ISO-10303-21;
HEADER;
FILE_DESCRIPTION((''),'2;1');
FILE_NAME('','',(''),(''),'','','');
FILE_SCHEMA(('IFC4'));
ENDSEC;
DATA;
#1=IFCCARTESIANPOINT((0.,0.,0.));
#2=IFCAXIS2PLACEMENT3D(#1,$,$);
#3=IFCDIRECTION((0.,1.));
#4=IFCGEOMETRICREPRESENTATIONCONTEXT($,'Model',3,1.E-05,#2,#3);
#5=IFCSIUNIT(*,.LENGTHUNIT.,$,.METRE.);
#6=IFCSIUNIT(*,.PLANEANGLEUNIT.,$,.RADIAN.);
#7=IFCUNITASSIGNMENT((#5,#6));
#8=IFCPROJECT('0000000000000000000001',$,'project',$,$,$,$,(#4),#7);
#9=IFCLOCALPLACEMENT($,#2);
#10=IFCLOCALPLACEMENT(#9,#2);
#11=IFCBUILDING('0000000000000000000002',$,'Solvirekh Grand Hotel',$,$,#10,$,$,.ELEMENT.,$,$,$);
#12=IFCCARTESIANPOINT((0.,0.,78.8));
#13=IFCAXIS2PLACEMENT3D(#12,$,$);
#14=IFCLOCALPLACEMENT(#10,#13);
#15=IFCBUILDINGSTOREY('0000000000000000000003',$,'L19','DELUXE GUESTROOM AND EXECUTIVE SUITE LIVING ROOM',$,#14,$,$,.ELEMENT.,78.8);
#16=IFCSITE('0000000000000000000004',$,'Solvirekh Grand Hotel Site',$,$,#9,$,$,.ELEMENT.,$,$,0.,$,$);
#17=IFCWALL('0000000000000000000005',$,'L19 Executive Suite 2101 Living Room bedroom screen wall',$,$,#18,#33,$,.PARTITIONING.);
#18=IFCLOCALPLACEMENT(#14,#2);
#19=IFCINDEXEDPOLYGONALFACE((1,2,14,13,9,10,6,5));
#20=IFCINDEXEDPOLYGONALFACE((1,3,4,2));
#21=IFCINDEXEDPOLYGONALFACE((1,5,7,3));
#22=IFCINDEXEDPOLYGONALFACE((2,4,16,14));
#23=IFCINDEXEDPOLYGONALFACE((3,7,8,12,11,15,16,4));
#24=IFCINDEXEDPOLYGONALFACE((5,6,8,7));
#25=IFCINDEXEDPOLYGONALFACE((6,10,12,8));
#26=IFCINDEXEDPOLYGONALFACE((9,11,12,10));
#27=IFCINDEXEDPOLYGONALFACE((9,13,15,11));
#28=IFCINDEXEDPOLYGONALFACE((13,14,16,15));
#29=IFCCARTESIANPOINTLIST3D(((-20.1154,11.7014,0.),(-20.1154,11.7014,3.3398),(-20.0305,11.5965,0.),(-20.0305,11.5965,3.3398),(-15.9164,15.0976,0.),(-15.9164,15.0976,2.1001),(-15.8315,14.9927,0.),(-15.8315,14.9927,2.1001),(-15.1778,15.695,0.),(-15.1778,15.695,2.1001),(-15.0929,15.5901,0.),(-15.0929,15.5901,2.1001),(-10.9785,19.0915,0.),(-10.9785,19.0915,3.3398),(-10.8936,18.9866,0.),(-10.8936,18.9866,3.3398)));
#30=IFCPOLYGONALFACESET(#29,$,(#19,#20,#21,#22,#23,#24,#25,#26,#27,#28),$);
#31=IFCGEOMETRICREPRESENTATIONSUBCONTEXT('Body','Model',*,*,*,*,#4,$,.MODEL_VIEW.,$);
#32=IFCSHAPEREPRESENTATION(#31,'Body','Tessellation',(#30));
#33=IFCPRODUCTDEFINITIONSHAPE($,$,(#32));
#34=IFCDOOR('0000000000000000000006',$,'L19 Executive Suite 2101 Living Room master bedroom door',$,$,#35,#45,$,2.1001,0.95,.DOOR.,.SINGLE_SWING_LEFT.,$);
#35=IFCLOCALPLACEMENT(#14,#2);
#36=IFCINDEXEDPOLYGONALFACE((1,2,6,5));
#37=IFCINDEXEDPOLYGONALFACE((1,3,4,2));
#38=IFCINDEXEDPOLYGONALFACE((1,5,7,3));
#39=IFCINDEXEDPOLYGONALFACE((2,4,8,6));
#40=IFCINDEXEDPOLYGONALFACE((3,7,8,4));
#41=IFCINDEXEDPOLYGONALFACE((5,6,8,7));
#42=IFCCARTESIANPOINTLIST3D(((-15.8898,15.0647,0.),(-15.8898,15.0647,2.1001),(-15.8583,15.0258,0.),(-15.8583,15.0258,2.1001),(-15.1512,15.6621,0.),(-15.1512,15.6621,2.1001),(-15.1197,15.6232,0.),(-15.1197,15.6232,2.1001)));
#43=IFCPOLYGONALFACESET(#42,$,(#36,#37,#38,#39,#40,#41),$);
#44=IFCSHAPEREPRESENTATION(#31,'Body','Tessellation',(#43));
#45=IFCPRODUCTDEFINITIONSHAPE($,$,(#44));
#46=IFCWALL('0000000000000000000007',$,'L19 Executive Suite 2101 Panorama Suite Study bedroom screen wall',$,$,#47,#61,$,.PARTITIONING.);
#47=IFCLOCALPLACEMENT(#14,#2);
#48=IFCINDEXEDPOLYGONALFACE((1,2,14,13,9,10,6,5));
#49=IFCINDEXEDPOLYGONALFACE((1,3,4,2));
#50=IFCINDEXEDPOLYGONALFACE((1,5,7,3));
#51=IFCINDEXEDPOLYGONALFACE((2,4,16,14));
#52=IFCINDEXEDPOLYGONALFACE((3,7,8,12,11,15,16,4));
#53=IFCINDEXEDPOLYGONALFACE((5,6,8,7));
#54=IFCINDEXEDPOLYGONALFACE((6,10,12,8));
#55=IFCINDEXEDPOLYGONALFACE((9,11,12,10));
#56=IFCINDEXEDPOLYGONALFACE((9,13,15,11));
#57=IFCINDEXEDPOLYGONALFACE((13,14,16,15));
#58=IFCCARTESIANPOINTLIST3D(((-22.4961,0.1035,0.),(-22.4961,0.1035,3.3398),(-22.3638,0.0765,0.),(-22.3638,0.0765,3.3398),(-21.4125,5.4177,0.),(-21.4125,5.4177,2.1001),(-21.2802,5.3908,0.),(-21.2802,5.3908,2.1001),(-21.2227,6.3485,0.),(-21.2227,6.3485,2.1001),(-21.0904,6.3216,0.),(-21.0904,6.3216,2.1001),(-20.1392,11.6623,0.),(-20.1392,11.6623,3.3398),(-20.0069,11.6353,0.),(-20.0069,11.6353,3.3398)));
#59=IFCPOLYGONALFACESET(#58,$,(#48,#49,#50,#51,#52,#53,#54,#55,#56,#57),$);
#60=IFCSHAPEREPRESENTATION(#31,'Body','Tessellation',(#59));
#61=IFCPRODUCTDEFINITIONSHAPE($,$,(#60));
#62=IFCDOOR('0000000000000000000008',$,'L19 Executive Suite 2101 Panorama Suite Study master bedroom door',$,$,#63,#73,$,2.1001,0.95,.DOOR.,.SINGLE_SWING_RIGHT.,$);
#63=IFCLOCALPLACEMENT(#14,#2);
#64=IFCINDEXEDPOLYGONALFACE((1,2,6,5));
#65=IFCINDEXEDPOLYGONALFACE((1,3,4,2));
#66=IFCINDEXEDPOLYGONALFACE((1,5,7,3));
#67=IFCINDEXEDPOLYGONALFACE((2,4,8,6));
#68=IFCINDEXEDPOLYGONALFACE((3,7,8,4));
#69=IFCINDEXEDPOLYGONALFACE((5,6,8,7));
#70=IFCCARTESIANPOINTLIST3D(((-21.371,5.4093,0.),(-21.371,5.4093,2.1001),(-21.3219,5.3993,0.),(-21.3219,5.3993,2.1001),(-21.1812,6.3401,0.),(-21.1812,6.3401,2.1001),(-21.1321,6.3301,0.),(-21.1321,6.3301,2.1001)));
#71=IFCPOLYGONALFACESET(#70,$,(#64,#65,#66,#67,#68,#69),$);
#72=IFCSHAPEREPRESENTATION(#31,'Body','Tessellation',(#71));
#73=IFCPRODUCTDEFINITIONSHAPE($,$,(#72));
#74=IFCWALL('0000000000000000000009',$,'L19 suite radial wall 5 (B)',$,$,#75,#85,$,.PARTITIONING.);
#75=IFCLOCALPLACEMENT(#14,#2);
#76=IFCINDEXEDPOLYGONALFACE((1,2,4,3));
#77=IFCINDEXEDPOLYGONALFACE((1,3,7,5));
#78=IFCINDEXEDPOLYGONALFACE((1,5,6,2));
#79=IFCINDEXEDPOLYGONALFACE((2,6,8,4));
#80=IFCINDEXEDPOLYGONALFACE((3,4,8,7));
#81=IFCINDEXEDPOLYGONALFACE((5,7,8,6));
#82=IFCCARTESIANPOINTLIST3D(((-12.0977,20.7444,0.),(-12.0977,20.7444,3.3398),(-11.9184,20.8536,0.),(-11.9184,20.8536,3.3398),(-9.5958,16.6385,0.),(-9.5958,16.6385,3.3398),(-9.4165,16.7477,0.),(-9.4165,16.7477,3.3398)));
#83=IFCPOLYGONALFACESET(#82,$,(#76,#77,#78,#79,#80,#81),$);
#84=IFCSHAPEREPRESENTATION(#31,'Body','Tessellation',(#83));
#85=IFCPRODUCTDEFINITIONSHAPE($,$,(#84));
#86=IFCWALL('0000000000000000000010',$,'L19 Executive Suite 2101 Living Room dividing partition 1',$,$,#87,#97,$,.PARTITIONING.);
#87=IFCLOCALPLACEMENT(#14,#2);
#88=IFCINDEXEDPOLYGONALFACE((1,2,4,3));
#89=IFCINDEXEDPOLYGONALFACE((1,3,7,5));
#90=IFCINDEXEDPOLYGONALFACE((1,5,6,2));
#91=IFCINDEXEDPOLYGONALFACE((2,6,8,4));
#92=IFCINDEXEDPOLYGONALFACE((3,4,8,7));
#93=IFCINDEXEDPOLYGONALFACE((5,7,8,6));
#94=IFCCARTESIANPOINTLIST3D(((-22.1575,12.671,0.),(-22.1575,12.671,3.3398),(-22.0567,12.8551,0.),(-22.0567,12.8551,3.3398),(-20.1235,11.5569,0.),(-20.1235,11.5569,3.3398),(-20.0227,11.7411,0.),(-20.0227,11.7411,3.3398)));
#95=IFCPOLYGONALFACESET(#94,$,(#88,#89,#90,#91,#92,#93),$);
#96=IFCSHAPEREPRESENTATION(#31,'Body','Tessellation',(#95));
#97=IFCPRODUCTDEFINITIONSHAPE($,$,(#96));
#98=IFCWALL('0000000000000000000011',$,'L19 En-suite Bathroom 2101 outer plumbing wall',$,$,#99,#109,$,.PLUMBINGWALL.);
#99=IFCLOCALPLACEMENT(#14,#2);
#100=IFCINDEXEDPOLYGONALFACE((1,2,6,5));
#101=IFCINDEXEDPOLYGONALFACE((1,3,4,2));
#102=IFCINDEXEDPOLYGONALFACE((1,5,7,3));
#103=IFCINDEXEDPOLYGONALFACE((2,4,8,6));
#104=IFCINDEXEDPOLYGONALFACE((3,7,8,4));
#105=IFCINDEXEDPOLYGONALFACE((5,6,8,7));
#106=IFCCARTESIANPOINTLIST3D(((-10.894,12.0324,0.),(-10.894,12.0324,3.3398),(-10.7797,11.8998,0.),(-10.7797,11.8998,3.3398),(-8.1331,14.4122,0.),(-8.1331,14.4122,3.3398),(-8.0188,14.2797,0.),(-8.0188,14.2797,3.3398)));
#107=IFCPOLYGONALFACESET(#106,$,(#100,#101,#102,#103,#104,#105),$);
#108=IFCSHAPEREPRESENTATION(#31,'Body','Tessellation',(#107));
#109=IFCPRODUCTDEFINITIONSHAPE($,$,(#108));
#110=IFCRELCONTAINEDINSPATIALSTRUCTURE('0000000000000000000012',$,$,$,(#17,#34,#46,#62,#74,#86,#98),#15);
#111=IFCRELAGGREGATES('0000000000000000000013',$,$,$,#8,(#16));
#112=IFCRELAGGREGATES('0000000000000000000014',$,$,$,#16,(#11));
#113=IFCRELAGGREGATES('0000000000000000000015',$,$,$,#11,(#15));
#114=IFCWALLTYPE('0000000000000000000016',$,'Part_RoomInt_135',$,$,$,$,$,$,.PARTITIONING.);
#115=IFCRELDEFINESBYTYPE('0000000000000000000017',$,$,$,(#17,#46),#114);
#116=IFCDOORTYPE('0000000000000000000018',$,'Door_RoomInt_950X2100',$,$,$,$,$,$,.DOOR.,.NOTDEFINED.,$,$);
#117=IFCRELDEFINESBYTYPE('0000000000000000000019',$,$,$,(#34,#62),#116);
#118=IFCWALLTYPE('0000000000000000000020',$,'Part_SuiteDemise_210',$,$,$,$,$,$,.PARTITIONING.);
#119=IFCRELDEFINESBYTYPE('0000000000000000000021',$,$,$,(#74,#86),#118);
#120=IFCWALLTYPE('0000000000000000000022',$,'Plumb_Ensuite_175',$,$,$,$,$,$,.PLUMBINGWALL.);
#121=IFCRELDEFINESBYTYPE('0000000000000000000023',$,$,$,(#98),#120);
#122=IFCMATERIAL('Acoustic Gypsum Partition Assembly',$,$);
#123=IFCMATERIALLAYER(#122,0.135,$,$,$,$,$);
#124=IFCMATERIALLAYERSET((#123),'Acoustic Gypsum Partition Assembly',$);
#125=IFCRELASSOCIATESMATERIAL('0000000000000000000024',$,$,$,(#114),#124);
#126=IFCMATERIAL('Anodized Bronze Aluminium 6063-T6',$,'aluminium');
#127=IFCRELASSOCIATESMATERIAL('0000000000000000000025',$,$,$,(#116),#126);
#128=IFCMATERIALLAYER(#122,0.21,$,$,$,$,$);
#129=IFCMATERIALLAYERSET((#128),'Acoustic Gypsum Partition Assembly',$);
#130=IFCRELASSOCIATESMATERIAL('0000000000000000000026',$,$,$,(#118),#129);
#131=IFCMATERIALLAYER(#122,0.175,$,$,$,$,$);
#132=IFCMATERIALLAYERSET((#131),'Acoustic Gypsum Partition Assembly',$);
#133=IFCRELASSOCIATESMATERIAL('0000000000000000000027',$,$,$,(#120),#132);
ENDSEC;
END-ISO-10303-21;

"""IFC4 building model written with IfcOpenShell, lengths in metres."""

from ifc_helpers import new_model, si_unit, direction, frame, frame_2d, origin, place, context, subcontext, project, spatial, rectangle, extrude, material, layer, layer_set, type_object, element, fill, save


model = new_model("IFC4")

# Units and contexts
model_context = context("Model", 3, precision=1e-05, world=origin(), true_north=direction((0.0, 1.0)))
body_context = subcontext(model_context, "Body", "Model", "MODEL_VIEW")
ifc_project = project(units=[si_unit("LENGTHUNIT", "METRE"), si_unit("PLANEANGLEUNIT", "RADIAN")], contexts=[model_context])

# Site, building, storey
site_placement = place(None, origin())
site = spatial("IfcSite", under=ifc_project, at=site_placement, Name="Solvirekh Grand Hotel Site", CompositionType="ELEMENT", RefElevation=0.0)
building_placement = place(site_placement, origin())
building = spatial("IfcBuilding", under=site, at=building_placement, Name="Solvirekh Grand Hotel", CompositionType="ELEMENT")
storey_placement = place(building_placement, frame((0.0, 0.0, 78.8)))
storey = spatial("IfcBuildingStorey", under=building, at=storey_placement, Name="L19", Description="DELUXE GUESTROOM AND EXECUTIVE SUITE LIVING ROOM", CompositionType="ELEMENT", Elevation=78.8)

# Shared definitions
ifc_material_1 = material(Name="Anodized Bronze Aluminium 6063-T6", Category="aluminium")

# Walls, openings, doors
ifc_material_2 = material(Name="Acoustic Gypsum Partition Assembly")
ifc_layer_1 = layer(ifc_material_2, 0.135)
ifc_layer_set_1 = layer_set([ifc_layer_1], Name="Acoustic Gypsum Partition Assembly")
wall_type_1 = type_object("IfcWallType", Name="Part_RoomInt_135", PredefinedType="PARTITIONING", material=ifc_layer_set_1)
wall_1_placement = place(storey_placement, frame((-10.936, 19.0391, 0.0), z_axis=(0.0, 0.0, 1.0), x_axis=(-0.777513, -0.628866, 0.0)))
wall_1 = element("IfcWall", 1, at=wall_1_placement, inside=storey, type_object=wall_type_1, Name="L19 Executive Suite 2101 Living Room bedroom screen wall", PredefinedType="PARTITIONING", context=body_context, shape_type="SweptSolid", body=[
    extrude(rectangle(XDim=11.7515, YDim=0.135, at=frame_2d((5.8757, 0.0))), origin(), (0.0, 0.0, 1.0), 3.3398),
])
opening_1_placement = place(wall_1_placement, frame((5.4009, 0.0, 0.0)))
opening_1 = element("IfcOpeningElement", 2, at=opening_1_placement, cuts=wall_1, PredefinedType="OPENING", context=body_context, shape_type="SweptSolid", body=[
    extrude(rectangle(XDim=0.95, YDim=2.1001, at=frame_2d((0.4751, 1.05))), frame((0.0, 0.0776, 0.0), z_axis=(0.0, -1.0, 0.0), x_axis=(1.0, 0.0, 0.0)), (0.0, 0.0, 1.0), 0.155),
])
door_type = type_object("IfcDoorType", Name="Door_RoomInt_950X2100", OperationType="NOTDEFINED", PredefinedType="DOOR", material=ifc_material_1)
door_1_placement = place(opening_1_placement, origin())
door_1 = element("IfcDoor", 3, at=door_1_placement, inside=storey, type_object=door_type, Name="L19 Executive Suite 2101 Living Room master bedroom door", OperationType="SINGLE_SWING_LEFT", OverallHeight=2.1001, OverallWidth=0.95, PredefinedType="DOOR", context=body_context, shape_type="SweptSolid", body=[
    extrude(rectangle(XDim=0.95, YDim=2.1001, at=frame_2d((0.4751, 1.05))), frame((0.0, 0.0249, 0.0), z_axis=(0.0, -1.0, 0.0), x_axis=(1.0, 0.0, 0.0)), (0.0, 0.0, 1.0), 0.05),
])
fill(opening_1, door_1)
wall_2_placement = place(storey_placement, frame((-20.073, 11.6489, 0.0), z_axis=(0.0, 0.0, 1.0), x_axis=(-0.199796, -0.979837, 0.0)))
wall_2 = element("IfcWall", 4, at=wall_2_placement, inside=storey, type_object=wall_type_1, Name="L19 Executive Suite 2101 Panorama Suite Study bedroom screen wall", PredefinedType="PARTITIONING", context=body_context, shape_type="SweptSolid", body=[
    extrude(rectangle(XDim=11.7966, YDim=0.135, at=frame_2d((5.8984, 0.0))), origin(), (0.0, 0.0, 1.0), 3.3398),
])
opening_2_placement = place(wall_2_placement, frame((5.4231, 0.0, 0.0)))
opening_2 = element("IfcOpeningElement", 5, at=opening_2_placement, cuts=wall_2, PredefinedType="OPENING", context=body_context, shape_type="SweptSolid", body=[
    extrude(rectangle(XDim=0.95, YDim=2.1001, at=frame_2d((0.4751, 1.05))), frame((0.0, 0.0776, 0.0), z_axis=(0.0, -1.0, 0.0), x_axis=(1.0, 0.0, 0.0)), (0.0, 0.0, 1.0), 0.155),
])
door_2_placement = place(opening_2_placement, origin())
door_2 = element("IfcDoor", 6, at=door_2_placement, inside=storey, type_object=door_type, Name="L19 Executive Suite 2101 Panorama Suite Study master bedroom door", OperationType="SINGLE_SWING_RIGHT", OverallHeight=2.1001, OverallWidth=0.95, PredefinedType="DOOR", context=body_context, shape_type="SweptSolid", body=[
    extrude(rectangle(XDim=0.95, YDim=2.1001, at=frame_2d((0.4751, 1.05))), frame((0.0, 0.0249, 0.0), z_axis=(0.0, -1.0, 0.0), x_axis=(1.0, 0.0, 0.0)), (0.0, 0.0, 1.0), 0.05),
])
fill(opening_2, door_2)

# Walls
ifc_layer_2 = layer(ifc_material_2, 0.21)
ifc_layer_set_2 = layer_set([ifc_layer_2], Name="Acoustic Gypsum Partition Assembly")
wall_type_2 = type_object("IfcWallType", Name="Part_SuiteDemise_210", PredefinedType="PARTITIONING", material=ifc_layer_set_2)
wall_3_placement = place(storey_placement, frame((-9.5061, 16.6931, 0.0), z_axis=(0.0, 0.0, 1.0), x_axis=(-0.520353, 0.853951, 0.0)))
element("IfcWall", 7, at=wall_3_placement, inside=storey, type_object=wall_type_2, Name="L19 suite radial wall 5 (B)", PredefinedType="PARTITIONING", context=body_context, shape_type="SweptSolid", body=[
    extrude(rectangle(XDim=4.8081, YDim=0.21, at=frame_2d((2.4041, 0.0))), origin(), (0.0, 0.0, 1.0), 3.3398),
])
wall_4_placement = place(storey_placement, frame((-20.073, 11.6489, 0.0), z_axis=(0.0, 0.0, 1.0), x_axis=(-0.877061, 0.480378, 0.0)))
element("IfcWall", 8, at=wall_4_placement, inside=storey, type_object=wall_type_2, Name="L19 Executive Suite 2101 Living Room dividing partition 1", PredefinedType="PARTITIONING", context=body_context, shape_type="SweptSolid", body=[
    extrude(rectangle(XDim=2.3191, YDim=0.21, at=frame_2d((1.1597, 0.0))), origin(), (0.0, 0.0, 1.0), 3.3398),
])
ifc_layer_3 = layer(ifc_material_2, 0.175)
ifc_layer_set_3 = layer_set([ifc_layer_3], Name="Acoustic Gypsum Partition Assembly")
wall_type_3 = type_object("IfcWallType", Name="Plumb_Ensuite_175", PredefinedType="PLUMBINGWALL", material=ifc_layer_set_3)
wall_5_placement = place(storey_placement, frame((-8.0759, 14.3459, 0.0), z_axis=(0.0, 0.0, 1.0), x_axis=(-0.757448, -0.652896, 0.0)))
element("IfcWall", 9, at=wall_5_placement, inside=storey, type_object=wall_type_3, Name="L19 En-suite Bathroom 2101 outer plumbing wall", PredefinedType="PLUMBINGWALL", context=body_context, shape_type="SweptSolid", body=[
    extrude(rectangle(XDim=3.645, YDim=0.175, at=frame_2d((1.8225, 0.0))), origin(), (0.0, 0.0, 1.0), 3.3398),
])

save(model, "model.ifc")
